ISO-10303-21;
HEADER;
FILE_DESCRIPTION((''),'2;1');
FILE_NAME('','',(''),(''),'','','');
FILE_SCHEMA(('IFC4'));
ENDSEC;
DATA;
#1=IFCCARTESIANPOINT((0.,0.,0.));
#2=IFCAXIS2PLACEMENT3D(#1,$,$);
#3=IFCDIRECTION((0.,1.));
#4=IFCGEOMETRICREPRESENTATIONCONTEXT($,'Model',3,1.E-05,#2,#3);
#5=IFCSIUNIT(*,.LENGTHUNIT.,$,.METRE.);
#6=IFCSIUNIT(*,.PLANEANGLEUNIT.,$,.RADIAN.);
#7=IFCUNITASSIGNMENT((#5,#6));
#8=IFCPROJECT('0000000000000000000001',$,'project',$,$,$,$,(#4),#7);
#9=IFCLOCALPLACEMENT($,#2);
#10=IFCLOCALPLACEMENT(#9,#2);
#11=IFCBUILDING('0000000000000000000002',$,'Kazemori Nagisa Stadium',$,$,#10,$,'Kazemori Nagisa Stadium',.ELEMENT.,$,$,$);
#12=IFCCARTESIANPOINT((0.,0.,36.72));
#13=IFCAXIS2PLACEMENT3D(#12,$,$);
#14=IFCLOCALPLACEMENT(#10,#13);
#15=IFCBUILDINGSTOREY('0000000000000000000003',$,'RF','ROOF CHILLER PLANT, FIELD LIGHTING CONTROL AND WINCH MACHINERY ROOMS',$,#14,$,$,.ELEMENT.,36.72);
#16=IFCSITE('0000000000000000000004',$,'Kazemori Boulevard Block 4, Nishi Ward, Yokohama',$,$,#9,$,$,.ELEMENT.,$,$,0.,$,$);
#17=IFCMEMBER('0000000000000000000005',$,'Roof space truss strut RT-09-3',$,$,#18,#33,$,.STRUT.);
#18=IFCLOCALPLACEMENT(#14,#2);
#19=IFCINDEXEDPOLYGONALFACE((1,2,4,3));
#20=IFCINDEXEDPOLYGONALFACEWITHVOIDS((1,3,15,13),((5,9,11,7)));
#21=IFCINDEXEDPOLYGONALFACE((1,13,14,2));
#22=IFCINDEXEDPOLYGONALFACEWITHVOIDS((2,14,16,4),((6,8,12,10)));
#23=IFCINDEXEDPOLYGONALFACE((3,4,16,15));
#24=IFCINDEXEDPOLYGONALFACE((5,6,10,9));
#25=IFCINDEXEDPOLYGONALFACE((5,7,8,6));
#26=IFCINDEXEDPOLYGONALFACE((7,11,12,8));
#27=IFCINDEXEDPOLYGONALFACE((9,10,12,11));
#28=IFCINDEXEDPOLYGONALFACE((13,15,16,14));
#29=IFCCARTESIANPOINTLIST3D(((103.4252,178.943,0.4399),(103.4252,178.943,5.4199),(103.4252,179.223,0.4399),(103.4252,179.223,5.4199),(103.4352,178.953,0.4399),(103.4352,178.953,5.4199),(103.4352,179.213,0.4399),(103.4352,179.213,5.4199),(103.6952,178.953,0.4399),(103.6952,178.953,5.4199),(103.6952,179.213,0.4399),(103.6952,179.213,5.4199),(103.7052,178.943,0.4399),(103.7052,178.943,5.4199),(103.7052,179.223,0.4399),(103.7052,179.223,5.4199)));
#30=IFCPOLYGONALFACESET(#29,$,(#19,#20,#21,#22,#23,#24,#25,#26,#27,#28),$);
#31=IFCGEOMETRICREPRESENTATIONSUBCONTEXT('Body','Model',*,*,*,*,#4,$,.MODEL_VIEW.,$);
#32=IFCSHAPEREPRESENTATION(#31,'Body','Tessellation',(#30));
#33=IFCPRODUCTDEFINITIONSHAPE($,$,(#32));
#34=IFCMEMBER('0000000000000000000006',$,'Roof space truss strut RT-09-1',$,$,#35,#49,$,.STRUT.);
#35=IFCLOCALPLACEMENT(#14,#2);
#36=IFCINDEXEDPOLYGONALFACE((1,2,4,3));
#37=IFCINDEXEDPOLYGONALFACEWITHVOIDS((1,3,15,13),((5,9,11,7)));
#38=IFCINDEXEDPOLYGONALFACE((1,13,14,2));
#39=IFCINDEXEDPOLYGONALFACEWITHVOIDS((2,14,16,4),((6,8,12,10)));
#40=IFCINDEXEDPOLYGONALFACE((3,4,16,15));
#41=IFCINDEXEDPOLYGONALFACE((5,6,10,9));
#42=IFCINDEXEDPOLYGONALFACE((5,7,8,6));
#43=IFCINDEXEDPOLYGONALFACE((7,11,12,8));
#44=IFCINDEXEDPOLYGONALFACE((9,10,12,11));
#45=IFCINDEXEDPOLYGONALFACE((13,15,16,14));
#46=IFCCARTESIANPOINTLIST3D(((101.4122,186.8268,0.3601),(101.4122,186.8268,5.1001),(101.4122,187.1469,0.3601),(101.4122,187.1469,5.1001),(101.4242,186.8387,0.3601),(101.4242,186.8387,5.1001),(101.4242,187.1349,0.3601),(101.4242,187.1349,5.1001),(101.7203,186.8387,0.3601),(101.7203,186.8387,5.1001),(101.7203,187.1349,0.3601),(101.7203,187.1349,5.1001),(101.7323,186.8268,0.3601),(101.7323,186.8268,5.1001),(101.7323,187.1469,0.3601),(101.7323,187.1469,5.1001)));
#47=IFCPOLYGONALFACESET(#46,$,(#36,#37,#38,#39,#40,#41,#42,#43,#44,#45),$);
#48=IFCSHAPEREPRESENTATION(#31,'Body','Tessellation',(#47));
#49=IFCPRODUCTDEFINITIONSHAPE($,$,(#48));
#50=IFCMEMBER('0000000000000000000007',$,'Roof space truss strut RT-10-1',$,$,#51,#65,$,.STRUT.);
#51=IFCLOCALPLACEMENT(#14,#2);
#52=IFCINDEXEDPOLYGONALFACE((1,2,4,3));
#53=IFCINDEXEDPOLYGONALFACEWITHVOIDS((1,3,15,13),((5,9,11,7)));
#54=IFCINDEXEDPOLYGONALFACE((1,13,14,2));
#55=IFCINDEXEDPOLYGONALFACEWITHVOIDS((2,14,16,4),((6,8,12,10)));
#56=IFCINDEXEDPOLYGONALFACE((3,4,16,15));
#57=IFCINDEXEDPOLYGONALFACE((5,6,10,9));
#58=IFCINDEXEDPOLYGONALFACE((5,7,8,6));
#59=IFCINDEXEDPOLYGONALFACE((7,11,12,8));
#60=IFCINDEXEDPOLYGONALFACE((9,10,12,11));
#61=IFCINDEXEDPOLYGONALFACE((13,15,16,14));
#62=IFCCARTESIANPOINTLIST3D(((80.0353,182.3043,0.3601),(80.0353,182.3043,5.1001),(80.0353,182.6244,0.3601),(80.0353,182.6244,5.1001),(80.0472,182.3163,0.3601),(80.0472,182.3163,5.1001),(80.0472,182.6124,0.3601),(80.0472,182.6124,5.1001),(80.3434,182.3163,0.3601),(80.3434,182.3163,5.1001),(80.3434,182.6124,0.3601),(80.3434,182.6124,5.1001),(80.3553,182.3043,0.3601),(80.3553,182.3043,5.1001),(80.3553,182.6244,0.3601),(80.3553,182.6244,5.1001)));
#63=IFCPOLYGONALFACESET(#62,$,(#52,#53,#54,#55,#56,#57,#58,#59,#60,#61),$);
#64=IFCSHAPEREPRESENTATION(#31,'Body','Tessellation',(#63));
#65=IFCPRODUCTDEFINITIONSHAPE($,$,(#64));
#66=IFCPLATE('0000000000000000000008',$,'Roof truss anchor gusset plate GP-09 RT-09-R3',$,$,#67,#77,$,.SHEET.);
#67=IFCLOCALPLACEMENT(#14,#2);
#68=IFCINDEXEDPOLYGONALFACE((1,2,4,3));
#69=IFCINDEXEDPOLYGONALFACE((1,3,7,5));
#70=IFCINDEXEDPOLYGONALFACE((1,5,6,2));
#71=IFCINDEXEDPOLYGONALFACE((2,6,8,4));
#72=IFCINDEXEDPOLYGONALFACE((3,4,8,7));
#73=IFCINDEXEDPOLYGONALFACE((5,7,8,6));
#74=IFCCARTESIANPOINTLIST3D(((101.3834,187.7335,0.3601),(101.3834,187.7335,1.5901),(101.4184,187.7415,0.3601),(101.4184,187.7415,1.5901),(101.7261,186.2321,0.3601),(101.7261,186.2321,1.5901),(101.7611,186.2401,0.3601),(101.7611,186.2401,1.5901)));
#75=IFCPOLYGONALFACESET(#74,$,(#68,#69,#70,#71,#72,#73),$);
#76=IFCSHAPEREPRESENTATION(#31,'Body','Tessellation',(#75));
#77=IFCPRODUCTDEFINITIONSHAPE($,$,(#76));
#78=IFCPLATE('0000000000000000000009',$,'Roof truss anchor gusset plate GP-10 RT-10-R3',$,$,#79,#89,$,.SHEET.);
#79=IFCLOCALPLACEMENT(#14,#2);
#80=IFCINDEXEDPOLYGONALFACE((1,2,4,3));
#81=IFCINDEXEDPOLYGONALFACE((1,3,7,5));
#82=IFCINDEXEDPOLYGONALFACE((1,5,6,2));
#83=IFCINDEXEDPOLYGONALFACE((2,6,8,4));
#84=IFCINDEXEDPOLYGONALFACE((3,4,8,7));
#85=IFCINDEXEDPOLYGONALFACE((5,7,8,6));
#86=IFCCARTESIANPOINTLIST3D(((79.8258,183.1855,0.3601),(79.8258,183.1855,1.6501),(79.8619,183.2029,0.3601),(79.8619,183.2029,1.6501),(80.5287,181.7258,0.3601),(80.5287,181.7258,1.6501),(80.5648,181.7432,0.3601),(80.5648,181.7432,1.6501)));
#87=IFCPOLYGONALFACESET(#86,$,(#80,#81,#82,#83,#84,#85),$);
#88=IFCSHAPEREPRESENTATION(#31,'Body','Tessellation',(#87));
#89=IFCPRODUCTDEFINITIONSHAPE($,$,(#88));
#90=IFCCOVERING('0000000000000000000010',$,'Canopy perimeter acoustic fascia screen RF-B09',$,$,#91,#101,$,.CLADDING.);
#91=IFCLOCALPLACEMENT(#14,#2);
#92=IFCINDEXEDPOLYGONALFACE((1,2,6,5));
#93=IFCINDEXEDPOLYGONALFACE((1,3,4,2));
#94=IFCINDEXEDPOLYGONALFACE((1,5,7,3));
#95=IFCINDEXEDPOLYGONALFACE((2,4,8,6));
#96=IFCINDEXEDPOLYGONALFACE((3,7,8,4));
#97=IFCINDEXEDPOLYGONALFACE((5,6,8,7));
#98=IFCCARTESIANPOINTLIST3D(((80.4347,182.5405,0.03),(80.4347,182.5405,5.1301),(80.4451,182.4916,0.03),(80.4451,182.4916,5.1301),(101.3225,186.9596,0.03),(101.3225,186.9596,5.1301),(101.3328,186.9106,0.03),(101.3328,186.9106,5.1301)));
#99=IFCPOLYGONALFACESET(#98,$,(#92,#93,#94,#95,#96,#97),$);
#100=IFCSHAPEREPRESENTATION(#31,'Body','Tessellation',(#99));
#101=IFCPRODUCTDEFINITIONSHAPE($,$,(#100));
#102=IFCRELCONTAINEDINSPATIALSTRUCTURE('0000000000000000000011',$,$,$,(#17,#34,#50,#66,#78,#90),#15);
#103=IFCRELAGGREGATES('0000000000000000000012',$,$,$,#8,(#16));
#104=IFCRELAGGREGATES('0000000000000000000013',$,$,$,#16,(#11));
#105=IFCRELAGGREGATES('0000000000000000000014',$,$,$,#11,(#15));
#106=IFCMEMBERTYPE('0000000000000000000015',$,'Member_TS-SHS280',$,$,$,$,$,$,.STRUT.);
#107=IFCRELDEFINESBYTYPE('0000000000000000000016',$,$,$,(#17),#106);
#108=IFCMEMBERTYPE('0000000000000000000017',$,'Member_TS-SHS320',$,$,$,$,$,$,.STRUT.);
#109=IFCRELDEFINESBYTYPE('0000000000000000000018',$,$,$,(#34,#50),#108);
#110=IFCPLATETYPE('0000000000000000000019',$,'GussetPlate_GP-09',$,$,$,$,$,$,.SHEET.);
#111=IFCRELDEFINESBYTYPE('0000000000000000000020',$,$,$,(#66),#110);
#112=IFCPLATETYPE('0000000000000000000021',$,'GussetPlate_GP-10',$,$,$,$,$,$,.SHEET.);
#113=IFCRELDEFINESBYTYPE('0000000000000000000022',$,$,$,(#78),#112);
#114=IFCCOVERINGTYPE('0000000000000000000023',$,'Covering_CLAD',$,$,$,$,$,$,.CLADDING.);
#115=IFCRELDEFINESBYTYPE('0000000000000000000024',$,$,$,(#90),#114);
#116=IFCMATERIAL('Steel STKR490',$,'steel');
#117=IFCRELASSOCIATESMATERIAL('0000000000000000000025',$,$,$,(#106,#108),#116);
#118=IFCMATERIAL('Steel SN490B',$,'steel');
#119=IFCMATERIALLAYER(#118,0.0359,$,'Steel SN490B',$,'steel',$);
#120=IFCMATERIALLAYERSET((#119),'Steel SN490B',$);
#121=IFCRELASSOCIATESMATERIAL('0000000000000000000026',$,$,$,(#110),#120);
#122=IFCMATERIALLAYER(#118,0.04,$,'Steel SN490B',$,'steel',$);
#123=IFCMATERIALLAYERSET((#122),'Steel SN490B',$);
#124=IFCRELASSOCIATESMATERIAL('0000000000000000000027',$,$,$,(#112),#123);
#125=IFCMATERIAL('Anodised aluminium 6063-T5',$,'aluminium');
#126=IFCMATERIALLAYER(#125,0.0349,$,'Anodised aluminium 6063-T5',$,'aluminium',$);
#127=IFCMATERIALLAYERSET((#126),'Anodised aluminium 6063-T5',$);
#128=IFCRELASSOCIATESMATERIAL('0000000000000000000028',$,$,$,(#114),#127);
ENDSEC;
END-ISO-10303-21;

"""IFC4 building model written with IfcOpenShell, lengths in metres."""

from ifc_helpers import new_model, si_unit, direction, frame, origin, origin_2d, place, context, subcontext, project, spatial, rectangle, hollow_rectangle, extrude, material, layer, layer_set, material_profile, profile_set, type_object, element, save


model = new_model("IFC4")

# Units and contexts
model_context = context("Model", 3, precision=1e-05, world=origin(), true_north=direction((0.0, 1.0)))
body_context = subcontext(model_context, "Body", "Model", "MODEL_VIEW")
ifc_project = project(units=[si_unit("LENGTHUNIT", "METRE"), si_unit("PLANEANGLEUNIT", "RADIAN")], contexts=[model_context])

# Site, building, storey
site_placement = place(None, origin())
site = spatial("IfcSite", under=ifc_project, at=site_placement, Name="Kazemori Boulevard Block 4, Nishi Ward, Yokohama", CompositionType="ELEMENT", RefElevation=0.0)
building_placement = place(site_placement, origin())
building = spatial("IfcBuilding", under=site, at=building_placement, Name="Kazemori Nagisa Stadium", LongName="Kazemori Nagisa Stadium", CompositionType="ELEMENT")
storey_placement = place(building_placement, frame((0.0, 0.0, 36.72)))
storey = spatial("IfcBuildingStorey", under=building, at=storey_placement, Name="RF", Description="ROOF CHILLER PLANT, FIELD LIGHTING CONTROL AND WINCH MACHINERY ROOMS", CompositionType="ELEMENT", Elevation=36.72)

# Shared definitions
ifc_material_1 = material(Name="Steel SN490B", Category="steel")

# Members
ifc_material_2 = material(Name="Steel STKR490", Category="steel")
ifc_material_profile_1 = material_profile(ifc_material_2, hollow_rectangle(XDim=0.28, YDim=0.28, WallThickness=0.01, at=origin_2d()), Name="SHS-280x280x10")
ifc_profile_set_1 = profile_set([ifc_material_profile_1], Name="Steel STKR490")
member_type_1 = type_object("IfcMemberType", Name="Member_TS-SHS280", PredefinedType="STRUT", material=ifc_profile_set_1)
member_1_placement = place(storey_placement, frame((103.5652, 179.083, 0.4399), z_axis=(0.0, 0.0, 1.0), x_axis=(1.0, 0.0, 0.0)))
element("IfcMember", 1, at=member_1_placement, inside=storey, type_object=member_type_1, Name="Roof space truss strut RT-09-3", PredefinedType="STRUT", context=body_context, shape_type="SweptSolid", body=[
    extrude(hollow_rectangle(XDim=0.28, YDim=0.28, WallThickness=0.01, at=origin_2d()), origin(), (0.0, 0.0, 1.0), 4.98),
])
ifc_material_profile_2 = material_profile(ifc_material_2, hollow_rectangle(XDim=0.3201, YDim=0.3201, WallThickness=0.012, at=origin_2d()), Name="SHS-320x320x12")
ifc_profile_set_2 = profile_set([ifc_material_profile_2], Name="Steel STKR490")
member_type_2 = type_object("IfcMemberType", Name="Member_TS-SHS320", PredefinedType="STRUT", material=ifc_profile_set_2)
for number, where, z_axis, x_axis, name in (
    (2, (101.5723, 186.9868, 0.3601), (0.0, 0.0, 1.0), (1.0, 0.0, 0.0), "Roof space truss strut RT-09-1"),
    (3, (80.1953, 182.4644, 0.3601), (0.0, 0.0, 1.0), (1.0, 0.0, 0.0), "Roof space truss strut RT-10-1"),
):
    element("IfcMember", number, at=place(storey_placement, frame(where, z_axis=z_axis, x_axis=x_axis)), inside=storey, type_object=member_type_2, Name=name, PredefinedType="STRUT", context=body_context, shape_type="SweptSolid", body=[
        extrude(hollow_rectangle(XDim=0.3201, YDim=0.3201, WallThickness=0.012, at=origin_2d()), origin(), (0.0, 0.0, 1.0), 4.74),
    ])

# Plates
ifc_layer_1 = layer(ifc_material_1, 0.0359, Name="Steel SN490B", Category="steel")
ifc_layer_set_1 = layer_set([ifc_layer_1], Name="Steel SN490B")
plate_type_1 = type_object("IfcPlateType", Name="GussetPlate_GP-09", PredefinedType="SHEET", material=ifc_layer_set_1)
plate_1_placement = place(storey_placement, frame((101.5723, 186.9868, 0.3601), z_axis=(0.0, 0.0, 1.0), x_axis=(-0.222521, 0.974928, 0.0)))
element("IfcPlate", 4, at=plate_1_placement, inside=storey, type_object=plate_type_1, Name="Roof truss anchor gusset plate GP-09 RT-09-R3", PredefinedType="SHEET", context=body_context, shape_type="SweptSolid", body=[
    extrude(rectangle(XDim=1.54, YDim=0.0359, at=origin_2d()), origin(), (0.0, 0.0, 1.0), 1.23),
])
ifc_layer_2 = layer(ifc_material_1, 0.04, Name="Steel SN490B", Category="steel")
ifc_layer_set_2 = layer_set([ifc_layer_2], Name="Steel SN490B")
plate_type_2 = type_object("IfcPlateType", Name="GussetPlate_GP-10", PredefinedType="SHEET", material=ifc_layer_set_2)
plate_2_placement = place(storey_placement, frame((80.1953, 182.4644, 0.3601), z_axis=(0.0, 0.0, 1.0), x_axis=(-0.433884, 0.900969, 0.0)))
element("IfcPlate", 5, at=plate_2_placement, inside=storey, type_object=plate_type_2, Name="Roof truss anchor gusset plate GP-10 RT-10-R3", PredefinedType="SHEET", context=body_context, shape_type="SweptSolid", body=[
    extrude(rectangle(XDim=1.6201, YDim=0.04, at=origin_2d()), origin(), (0.0, 0.0, 1.0), 1.29),
])

# Covering
ifc_material_3 = material(Name="Anodised aluminium 6063-T5", Category="aluminium")
ifc_layer_3 = layer(ifc_material_3, 0.0349, Name="Anodised aluminium 6063-T5", Category="aluminium")
ifc_layer_set_3 = layer_set([ifc_layer_3], Name="Anodised aluminium 6063-T5")
covering_type = type_object("IfcCoveringType", Name="Covering_CLAD", PredefinedType="CLADDING", material=ifc_layer_set_3)
covering_placement = place(storey_placement, frame((90.8838, 184.7256, 0.03), z_axis=(0.0, 0.0, 1.0), x_axis=(-0.978345, -0.206981, 0.0)))
element("IfcCovering", 6, at=covering_placement, inside=storey, type_object=covering_type, Name="Canopy perimeter acoustic fascia screen RF-B09", PredefinedType="CLADDING", context=body_context, shape_type="SweptSolid", body=[
    extrude(rectangle(XDim=21.3501, YDim=0.05, at=origin_2d()), origin(), (0.0, 0.0, 1.0), 5.1001),
])

save(model, "model.ifc")
